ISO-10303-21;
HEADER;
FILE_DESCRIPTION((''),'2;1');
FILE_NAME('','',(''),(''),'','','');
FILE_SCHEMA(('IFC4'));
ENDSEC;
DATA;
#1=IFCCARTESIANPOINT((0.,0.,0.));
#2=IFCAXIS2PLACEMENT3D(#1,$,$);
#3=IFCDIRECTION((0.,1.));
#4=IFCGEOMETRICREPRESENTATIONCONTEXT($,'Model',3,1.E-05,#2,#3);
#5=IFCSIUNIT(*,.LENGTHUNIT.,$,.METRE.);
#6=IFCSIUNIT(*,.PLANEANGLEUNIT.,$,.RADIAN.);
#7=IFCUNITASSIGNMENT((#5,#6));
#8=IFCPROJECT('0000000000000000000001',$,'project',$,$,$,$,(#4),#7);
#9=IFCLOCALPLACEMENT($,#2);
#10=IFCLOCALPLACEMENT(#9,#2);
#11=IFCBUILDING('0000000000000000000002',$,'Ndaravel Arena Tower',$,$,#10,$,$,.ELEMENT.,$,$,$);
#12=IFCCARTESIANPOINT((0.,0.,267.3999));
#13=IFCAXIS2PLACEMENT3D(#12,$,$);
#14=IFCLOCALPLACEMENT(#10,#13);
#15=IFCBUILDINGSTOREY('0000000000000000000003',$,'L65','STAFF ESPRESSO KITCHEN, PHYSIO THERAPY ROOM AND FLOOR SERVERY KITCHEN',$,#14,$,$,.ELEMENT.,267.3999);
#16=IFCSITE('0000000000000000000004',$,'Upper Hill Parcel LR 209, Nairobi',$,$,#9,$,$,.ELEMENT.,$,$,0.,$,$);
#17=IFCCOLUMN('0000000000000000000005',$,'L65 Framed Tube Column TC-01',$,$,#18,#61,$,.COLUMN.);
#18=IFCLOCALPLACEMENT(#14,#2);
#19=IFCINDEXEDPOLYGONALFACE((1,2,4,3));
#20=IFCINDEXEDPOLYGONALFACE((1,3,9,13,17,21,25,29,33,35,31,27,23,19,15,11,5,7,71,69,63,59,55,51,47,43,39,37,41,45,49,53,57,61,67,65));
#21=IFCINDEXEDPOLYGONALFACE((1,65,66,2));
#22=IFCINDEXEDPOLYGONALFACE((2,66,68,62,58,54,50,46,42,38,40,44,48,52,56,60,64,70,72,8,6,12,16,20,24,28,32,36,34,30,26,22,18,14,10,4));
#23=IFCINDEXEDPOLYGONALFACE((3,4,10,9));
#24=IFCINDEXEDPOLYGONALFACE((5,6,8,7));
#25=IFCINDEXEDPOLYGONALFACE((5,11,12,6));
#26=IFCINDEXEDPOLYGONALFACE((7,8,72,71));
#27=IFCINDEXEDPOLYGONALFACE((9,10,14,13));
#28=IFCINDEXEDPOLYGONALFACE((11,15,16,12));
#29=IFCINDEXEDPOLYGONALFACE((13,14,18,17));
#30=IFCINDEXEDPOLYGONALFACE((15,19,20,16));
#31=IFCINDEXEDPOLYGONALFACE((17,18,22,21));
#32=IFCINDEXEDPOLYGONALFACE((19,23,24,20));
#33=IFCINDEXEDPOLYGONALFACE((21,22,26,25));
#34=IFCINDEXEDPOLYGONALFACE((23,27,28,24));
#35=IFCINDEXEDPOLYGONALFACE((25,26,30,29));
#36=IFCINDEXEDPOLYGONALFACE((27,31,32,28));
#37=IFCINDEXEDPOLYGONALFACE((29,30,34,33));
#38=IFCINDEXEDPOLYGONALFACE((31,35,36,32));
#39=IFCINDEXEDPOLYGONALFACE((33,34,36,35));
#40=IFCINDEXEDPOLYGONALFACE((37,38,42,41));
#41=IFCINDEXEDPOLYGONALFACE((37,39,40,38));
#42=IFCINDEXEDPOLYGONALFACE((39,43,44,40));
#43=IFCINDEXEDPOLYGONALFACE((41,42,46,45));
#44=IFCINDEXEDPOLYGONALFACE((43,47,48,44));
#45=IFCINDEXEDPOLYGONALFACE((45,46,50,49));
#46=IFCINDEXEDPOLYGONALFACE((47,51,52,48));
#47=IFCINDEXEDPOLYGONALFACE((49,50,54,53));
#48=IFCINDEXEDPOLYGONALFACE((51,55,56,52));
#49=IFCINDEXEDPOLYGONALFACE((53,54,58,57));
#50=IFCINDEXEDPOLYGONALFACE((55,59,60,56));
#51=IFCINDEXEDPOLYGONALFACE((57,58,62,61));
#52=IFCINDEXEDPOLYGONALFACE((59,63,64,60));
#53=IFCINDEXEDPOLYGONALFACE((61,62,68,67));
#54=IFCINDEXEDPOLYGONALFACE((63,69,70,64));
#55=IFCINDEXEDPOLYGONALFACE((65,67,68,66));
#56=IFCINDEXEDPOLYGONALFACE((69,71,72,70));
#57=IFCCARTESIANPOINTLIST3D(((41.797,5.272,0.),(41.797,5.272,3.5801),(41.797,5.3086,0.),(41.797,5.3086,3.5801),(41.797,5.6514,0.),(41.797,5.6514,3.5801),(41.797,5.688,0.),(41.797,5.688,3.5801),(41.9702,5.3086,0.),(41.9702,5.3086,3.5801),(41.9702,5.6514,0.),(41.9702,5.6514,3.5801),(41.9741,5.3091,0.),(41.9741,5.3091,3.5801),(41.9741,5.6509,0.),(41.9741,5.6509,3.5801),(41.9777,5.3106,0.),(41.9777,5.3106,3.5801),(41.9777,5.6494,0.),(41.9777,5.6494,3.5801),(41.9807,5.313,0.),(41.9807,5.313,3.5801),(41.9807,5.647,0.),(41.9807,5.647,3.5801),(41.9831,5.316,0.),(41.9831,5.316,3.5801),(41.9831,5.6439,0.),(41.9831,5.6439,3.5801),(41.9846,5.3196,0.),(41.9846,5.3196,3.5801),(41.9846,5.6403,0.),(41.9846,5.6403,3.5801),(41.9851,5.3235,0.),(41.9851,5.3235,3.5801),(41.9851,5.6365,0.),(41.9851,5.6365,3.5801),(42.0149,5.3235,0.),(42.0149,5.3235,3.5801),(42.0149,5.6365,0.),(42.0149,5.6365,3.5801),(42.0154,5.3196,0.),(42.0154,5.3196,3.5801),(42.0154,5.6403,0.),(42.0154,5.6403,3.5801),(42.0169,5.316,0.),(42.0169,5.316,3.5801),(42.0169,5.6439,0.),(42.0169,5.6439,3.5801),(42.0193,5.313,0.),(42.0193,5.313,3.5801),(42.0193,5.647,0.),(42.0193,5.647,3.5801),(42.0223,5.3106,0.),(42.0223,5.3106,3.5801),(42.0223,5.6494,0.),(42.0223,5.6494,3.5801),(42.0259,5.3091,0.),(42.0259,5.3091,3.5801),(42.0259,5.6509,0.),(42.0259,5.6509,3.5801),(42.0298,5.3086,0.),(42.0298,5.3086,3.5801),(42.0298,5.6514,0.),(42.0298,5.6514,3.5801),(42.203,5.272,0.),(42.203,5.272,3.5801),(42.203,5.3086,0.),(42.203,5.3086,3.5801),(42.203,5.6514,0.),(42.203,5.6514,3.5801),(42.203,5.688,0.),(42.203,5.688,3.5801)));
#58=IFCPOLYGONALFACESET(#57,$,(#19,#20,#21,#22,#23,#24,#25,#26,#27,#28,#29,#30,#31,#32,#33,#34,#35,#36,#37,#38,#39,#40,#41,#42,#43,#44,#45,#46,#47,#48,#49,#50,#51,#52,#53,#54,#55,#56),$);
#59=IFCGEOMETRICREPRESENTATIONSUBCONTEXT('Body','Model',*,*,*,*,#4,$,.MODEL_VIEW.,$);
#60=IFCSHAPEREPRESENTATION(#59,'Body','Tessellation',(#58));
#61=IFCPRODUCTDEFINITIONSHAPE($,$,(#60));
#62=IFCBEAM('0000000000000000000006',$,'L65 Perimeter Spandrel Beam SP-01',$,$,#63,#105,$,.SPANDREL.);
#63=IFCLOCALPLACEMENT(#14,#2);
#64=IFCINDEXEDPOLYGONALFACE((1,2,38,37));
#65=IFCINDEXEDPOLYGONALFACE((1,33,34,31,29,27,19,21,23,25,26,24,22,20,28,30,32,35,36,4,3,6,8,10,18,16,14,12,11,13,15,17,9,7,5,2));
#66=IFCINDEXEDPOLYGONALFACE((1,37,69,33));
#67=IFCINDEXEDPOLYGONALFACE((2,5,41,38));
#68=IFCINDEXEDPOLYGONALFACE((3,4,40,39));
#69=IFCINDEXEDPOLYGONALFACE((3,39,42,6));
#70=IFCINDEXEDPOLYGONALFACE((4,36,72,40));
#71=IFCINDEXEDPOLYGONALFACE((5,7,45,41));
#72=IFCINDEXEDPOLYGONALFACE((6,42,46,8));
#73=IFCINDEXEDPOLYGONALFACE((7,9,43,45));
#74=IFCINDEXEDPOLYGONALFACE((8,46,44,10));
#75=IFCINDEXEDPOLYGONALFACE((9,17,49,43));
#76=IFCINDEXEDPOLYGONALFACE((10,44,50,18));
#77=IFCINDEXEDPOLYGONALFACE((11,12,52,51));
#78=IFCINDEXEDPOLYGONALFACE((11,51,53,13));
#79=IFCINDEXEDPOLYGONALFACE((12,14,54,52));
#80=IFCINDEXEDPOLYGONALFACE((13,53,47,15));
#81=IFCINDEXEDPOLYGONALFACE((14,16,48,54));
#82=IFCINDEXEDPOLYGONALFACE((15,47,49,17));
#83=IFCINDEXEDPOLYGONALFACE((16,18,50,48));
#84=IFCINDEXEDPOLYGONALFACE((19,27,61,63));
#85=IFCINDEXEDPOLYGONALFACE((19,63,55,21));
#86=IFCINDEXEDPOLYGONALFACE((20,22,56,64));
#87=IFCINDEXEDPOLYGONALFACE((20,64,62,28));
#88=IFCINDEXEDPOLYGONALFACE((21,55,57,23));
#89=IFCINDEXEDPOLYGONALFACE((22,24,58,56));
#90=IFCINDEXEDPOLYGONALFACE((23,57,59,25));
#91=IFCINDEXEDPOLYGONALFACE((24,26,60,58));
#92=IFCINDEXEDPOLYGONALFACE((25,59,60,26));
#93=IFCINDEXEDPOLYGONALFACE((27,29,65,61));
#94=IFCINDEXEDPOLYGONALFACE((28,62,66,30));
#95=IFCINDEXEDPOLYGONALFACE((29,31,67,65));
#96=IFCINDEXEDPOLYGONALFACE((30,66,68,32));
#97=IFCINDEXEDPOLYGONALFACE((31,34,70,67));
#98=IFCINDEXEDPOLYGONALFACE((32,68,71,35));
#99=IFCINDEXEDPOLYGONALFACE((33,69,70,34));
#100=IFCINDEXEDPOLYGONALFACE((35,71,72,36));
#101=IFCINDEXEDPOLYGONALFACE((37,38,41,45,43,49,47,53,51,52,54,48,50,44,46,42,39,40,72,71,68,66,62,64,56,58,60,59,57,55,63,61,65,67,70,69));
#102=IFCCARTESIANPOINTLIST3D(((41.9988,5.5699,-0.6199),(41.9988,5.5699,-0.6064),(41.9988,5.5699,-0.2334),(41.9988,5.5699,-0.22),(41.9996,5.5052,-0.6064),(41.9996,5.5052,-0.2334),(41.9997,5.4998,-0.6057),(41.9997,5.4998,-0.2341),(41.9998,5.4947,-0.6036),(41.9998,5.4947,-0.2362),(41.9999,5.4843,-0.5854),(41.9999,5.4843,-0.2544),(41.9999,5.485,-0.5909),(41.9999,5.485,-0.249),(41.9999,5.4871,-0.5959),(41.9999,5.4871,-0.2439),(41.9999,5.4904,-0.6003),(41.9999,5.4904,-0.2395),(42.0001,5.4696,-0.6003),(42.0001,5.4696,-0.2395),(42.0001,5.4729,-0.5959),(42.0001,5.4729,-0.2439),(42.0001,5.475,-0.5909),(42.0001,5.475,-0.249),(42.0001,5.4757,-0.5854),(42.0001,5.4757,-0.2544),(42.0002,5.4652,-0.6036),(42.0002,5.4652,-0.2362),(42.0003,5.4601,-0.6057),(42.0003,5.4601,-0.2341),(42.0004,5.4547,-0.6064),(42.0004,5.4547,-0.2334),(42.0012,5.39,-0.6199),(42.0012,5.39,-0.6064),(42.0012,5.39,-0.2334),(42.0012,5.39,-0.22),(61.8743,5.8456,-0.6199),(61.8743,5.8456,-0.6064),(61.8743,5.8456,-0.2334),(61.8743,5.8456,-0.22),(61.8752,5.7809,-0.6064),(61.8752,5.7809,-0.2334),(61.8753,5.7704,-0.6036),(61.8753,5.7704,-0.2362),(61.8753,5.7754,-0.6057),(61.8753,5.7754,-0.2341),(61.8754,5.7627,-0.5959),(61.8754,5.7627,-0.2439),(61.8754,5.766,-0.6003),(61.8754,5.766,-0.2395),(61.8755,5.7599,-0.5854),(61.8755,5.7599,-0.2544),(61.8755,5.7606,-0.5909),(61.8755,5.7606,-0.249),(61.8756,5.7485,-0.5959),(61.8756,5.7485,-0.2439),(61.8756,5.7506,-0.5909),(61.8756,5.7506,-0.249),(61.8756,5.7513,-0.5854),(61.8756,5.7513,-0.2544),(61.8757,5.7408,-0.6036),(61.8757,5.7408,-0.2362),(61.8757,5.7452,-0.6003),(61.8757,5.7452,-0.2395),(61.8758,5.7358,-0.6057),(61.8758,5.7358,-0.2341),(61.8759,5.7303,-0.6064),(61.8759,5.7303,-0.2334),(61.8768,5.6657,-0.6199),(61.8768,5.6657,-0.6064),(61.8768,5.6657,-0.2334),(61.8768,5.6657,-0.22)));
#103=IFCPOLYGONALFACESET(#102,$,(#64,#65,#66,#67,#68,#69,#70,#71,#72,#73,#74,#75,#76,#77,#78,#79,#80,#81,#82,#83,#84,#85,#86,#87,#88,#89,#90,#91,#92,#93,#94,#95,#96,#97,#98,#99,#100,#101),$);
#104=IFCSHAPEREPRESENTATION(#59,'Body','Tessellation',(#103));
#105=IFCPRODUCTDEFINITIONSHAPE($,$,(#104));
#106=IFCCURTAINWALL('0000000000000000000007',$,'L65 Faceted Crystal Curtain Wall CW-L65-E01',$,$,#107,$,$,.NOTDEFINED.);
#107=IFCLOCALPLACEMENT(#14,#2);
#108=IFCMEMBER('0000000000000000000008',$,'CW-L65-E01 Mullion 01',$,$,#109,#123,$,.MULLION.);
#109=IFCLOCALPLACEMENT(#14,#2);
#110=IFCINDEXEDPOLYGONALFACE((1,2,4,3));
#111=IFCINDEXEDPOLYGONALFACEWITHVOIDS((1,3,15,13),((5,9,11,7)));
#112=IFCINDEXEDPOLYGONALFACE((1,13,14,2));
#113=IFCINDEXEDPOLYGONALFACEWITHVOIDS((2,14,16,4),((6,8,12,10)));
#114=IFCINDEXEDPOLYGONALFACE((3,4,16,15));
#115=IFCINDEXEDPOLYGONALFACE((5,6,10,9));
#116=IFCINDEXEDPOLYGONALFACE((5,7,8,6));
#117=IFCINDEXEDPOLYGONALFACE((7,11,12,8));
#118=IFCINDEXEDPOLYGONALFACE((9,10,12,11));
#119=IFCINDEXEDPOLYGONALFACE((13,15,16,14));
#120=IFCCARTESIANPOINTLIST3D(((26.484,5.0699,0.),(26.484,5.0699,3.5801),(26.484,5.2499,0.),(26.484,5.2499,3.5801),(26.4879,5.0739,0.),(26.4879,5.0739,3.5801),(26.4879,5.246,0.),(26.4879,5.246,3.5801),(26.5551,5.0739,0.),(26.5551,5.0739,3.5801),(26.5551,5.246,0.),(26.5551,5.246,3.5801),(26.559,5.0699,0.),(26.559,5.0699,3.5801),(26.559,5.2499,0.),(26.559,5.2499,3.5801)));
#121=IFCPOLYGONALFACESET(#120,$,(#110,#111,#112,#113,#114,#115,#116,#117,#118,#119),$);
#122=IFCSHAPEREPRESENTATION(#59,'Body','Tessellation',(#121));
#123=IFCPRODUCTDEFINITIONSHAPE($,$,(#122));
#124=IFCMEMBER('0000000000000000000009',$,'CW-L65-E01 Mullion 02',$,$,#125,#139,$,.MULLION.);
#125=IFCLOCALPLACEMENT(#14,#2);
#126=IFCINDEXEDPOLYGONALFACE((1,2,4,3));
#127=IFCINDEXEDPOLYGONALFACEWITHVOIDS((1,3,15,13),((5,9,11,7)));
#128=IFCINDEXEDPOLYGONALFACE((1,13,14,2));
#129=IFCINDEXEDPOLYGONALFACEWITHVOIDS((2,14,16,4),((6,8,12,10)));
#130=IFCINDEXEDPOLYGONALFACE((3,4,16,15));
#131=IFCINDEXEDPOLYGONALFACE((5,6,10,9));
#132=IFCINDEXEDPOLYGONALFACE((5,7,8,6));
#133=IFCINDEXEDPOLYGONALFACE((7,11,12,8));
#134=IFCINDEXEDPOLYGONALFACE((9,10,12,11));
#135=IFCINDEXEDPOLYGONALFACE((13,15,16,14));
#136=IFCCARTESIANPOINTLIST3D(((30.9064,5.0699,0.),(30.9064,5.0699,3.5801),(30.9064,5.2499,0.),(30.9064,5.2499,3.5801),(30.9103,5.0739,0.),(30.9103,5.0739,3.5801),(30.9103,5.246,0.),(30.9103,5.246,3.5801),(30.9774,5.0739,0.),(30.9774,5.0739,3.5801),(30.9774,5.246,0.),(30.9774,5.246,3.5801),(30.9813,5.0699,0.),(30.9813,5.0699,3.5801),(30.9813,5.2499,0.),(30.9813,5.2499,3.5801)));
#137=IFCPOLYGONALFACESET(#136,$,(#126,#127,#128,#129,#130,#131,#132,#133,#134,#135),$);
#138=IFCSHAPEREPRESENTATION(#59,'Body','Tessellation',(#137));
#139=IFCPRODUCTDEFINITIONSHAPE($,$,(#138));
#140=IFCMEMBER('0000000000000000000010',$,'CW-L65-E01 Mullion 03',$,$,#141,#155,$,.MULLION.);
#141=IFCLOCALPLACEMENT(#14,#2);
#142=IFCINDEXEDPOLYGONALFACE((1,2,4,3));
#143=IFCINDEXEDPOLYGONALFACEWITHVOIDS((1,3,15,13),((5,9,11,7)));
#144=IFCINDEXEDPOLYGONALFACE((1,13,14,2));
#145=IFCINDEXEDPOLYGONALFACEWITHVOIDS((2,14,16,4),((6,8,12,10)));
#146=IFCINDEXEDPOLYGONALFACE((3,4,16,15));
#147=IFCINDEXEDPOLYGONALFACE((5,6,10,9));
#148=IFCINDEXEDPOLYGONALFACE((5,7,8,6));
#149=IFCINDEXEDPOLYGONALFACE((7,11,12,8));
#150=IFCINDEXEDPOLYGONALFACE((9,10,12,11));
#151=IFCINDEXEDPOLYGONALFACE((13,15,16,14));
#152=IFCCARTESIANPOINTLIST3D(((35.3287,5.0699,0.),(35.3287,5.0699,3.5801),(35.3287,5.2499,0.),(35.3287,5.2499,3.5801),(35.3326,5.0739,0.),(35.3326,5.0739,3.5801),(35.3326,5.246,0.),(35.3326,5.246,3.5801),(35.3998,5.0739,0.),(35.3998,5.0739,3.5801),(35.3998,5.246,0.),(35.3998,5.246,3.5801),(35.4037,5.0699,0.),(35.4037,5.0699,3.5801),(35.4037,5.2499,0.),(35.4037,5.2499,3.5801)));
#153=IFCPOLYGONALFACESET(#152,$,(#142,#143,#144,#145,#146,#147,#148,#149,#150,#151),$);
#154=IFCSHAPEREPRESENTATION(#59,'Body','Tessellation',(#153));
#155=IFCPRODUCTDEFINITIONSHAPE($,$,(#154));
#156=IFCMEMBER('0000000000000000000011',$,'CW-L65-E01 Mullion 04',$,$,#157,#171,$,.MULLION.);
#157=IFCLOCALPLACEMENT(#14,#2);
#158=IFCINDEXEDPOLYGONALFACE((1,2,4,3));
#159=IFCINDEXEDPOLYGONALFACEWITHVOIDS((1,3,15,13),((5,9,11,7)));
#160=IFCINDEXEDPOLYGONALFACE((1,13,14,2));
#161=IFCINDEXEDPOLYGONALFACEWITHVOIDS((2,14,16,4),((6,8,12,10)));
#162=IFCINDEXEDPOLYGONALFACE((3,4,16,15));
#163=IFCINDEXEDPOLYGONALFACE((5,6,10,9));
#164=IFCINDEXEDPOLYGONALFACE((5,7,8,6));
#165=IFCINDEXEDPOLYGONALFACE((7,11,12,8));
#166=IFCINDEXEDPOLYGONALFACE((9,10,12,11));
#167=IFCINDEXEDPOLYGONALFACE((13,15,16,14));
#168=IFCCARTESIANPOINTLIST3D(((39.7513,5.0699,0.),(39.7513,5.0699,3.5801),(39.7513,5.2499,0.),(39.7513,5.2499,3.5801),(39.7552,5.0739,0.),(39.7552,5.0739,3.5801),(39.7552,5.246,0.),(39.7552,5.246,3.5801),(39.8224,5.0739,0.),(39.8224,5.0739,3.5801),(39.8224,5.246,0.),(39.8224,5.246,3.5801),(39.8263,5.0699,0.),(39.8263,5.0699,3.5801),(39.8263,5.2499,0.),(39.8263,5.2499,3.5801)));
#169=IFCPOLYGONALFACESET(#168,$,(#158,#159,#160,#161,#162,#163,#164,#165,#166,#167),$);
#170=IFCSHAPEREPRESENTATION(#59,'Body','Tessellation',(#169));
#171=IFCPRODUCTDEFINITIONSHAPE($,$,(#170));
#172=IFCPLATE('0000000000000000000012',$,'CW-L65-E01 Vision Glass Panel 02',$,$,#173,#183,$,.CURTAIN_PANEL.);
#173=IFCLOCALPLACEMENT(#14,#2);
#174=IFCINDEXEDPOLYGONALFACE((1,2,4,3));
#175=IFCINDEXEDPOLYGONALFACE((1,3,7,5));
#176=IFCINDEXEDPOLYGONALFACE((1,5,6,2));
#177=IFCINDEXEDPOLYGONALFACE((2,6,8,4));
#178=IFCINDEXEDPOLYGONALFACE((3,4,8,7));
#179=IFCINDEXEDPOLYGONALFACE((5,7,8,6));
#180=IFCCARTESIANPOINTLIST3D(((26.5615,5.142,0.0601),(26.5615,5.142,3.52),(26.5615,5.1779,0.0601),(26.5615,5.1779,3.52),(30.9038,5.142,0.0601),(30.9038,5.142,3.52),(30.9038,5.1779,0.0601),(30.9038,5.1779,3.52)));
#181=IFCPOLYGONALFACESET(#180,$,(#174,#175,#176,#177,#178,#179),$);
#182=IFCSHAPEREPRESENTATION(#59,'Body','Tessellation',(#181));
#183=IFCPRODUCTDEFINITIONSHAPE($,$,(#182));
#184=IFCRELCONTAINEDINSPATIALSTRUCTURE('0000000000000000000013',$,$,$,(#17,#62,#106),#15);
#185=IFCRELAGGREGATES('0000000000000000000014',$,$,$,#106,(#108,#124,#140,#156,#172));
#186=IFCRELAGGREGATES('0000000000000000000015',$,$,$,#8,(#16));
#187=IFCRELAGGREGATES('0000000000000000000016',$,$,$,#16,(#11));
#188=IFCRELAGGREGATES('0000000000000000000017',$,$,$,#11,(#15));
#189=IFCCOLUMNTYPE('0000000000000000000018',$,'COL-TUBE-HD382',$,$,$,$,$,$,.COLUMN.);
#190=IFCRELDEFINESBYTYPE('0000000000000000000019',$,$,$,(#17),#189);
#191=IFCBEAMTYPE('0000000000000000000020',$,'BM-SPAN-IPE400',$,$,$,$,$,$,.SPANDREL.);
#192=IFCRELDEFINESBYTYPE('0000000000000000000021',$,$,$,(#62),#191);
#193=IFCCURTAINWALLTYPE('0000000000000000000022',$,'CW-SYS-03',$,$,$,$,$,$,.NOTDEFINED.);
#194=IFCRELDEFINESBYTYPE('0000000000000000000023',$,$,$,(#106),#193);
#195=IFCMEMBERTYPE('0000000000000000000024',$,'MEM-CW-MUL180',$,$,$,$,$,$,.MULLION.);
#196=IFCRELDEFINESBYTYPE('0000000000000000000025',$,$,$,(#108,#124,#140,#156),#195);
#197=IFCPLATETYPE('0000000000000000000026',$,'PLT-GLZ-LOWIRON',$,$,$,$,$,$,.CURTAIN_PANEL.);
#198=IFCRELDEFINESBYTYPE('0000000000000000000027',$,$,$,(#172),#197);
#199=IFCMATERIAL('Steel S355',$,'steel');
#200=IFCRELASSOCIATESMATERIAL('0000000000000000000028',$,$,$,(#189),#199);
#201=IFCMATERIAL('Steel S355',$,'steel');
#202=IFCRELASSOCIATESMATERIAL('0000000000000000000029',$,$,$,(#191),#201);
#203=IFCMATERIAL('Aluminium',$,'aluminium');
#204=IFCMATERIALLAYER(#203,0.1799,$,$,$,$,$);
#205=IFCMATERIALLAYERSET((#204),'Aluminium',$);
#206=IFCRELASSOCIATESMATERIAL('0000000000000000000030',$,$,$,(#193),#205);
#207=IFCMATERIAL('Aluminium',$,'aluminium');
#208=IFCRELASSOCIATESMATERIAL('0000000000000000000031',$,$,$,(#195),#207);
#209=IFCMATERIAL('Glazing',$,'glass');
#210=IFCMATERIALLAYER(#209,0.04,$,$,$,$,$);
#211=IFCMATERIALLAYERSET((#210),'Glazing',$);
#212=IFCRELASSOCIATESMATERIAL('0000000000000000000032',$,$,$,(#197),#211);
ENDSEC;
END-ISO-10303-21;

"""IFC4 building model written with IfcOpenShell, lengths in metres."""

from ifc_helpers import new_model, si_unit, direction, frame, origin, origin_2d, place, context, subcontext, project, spatial, rectangle, hollow_rectangle, i_section, extrude, material, layer, layer_set, material_profile, profile_set, type_object, element, aggregate, save


model = new_model("IFC4")

# Units and contexts
model_context = context("Model", 3, precision=1e-05, world=origin(), true_north=direction((0.0, 1.0)))
body_context = subcontext(model_context, "Body", "Model", "MODEL_VIEW")
ifc_project = project(units=[si_unit("LENGTHUNIT", "METRE"), si_unit("PLANEANGLEUNIT", "RADIAN")], contexts=[model_context])

# Site, building, storey
site_placement = place(None, origin())
site = spatial("IfcSite", under=ifc_project, at=site_placement, Name="Upper Hill Parcel LR 209, Nairobi", CompositionType="ELEMENT", RefElevation=0.0)
building_placement = place(site_placement, origin())
building = spatial("IfcBuilding", under=site, at=building_placement, Name="Ndaravel Arena Tower", CompositionType="ELEMENT")
storey_placement = place(building_placement, frame((0.0, 0.0, 267.3999)))
storey = spatial("IfcBuildingStorey", under=building, at=storey_placement, Name="L65", Description="STAFF ESPRESSO KITCHEN, PHYSIO THERAPY ROOM AND FLOOR SERVERY KITCHEN", CompositionType="ELEMENT", Elevation=267.3999)

# Column
ifc_material_1 = material(Name="Steel S355", Category="steel")
ifc_material_profile_1 = material_profile(ifc_material_1, i_section(OverallWidth=0.406, OverallDepth=0.416, WebThickness=0.0298, FlangeThickness=0.0366, FilletRadius=0.0149, at=origin_2d()), Name="HD 400x382")
ifc_profile_set_1 = profile_set([ifc_material_profile_1], Name="Steel S355")
column_type = type_object("IfcColumnType", Name="COL-TUBE-HD382", PredefinedType="COLUMN", material=ifc_profile_set_1)
column_placement = place(storey_placement, frame((42.0, 5.48, 0.0), z_axis=(0.0, 0.0, 1.0), x_axis=(1.0, 0.0, 0.0)))
element("IfcColumn", 1, at=column_placement, inside=storey, type_object=column_type, Name="L65 Framed Tube Column TC-01", PredefinedType="COLUMN", context=body_context, shape_type="SweptSolid", body=[
    extrude(i_section(OverallWidth=0.406, OverallDepth=0.416, WebThickness=0.0298, FlangeThickness=0.0366, FilletRadius=0.0149, at=origin_2d()), origin(), (0.0, 0.0, 1.0), 3.5801),
])

# Beam
ifc_material_2 = material(Name="Steel S355", Category="steel")
ifc_material_profile_2 = material_profile(ifc_material_2, i_section(OverallWidth=0.1799, OverallDepth=0.3999, WebThickness=0.0085, FlangeThickness=0.0134, FilletRadius=0.021, at=origin_2d()), Name="IPE 400")
ifc_profile_set_2 = profile_set([ifc_material_profile_2], Name="Steel S355")
beam_type = type_object("IfcBeamType", Name="BM-SPAN-IPE400", PredefinedType="SPANDREL", material=ifc_profile_set_2)
beam_placement = place(storey_placement, frame((42.0, 5.48, -0.4199), z_axis=(0.999904, 0.013867, 0.0), x_axis=(-0.013867, 0.999904, 0.0)))
element("IfcBeam", 2, at=beam_placement, inside=storey, type_object=beam_type, Name="L65 Perimeter Spandrel Beam SP-01", PredefinedType="SPANDREL", context=body_context, shape_type="SweptSolid", body=[
    extrude(i_section(OverallWidth=0.1799, OverallDepth=0.3999, WebThickness=0.0085, FlangeThickness=0.0134, FilletRadius=0.021, at=origin_2d()), origin(), (0.0, 0.0, 1.0), 19.8774),
])

# Curtain wall, members, plate
ifc_material_3 = material(Name="Aluminium", Category="aluminium")
ifc_layer_1 = layer(ifc_material_3, 0.1799)
ifc_layer_set_1 = layer_set([ifc_layer_1], Name="Aluminium")
curtain_wall_type = type_object("IfcCurtainWallType", Name="CW-SYS-03", PredefinedType="NOTDEFINED", material=ifc_layer_set_1)
curtain_wall_placement = place(storey_placement, origin())
curtain_wall = element("IfcCurtainWall", 3, at=curtain_wall_placement, inside=storey, type_object=curtain_wall_type, Name="L65 Faceted Crystal Curtain Wall CW-L65-E01", PredefinedType="NOTDEFINED")
ifc_material_4 = material(Name="Aluminium", Category="aluminium")
ifc_material_profile_3 = material_profile(ifc_material_4, hollow_rectangle(XDim=0.075, YDim=0.1799, WallThickness=0.0039, at=origin_2d()), Name="CW MULLION 75x180x4")
ifc_profile_set_3 = profile_set([ifc_material_profile_3], Name="Aluminium")
member_type = type_object("IfcMemberType", Name="MEM-CW-MUL180", PredefinedType="MULLION", material=ifc_profile_set_3)
member_1_placement = place(storey_placement, frame((26.5215, 5.1599, 0.0), z_axis=(0.0, 0.0, 1.0), x_axis=(1.0, 0.0, 0.0)))
member_1 = element("IfcMember", 4, at=member_1_placement, type_object=member_type, Name="CW-L65-E01 Mullion 01", PredefinedType="MULLION", context=body_context, shape_type="SweptSolid", body=[
    extrude(hollow_rectangle(XDim=0.075, YDim=0.1799, WallThickness=0.0039, at=origin_2d()), origin(), (0.0, 0.0, 1.0), 3.5801),
])
member_2_placement = place(storey_placement, frame((30.9438, 5.1599, 0.0), z_axis=(0.0, 0.0, 1.0), x_axis=(1.0, 0.0, 0.0)))
member_2 = element("IfcMember", 5, at=member_2_placement, type_object=member_type, Name="CW-L65-E01 Mullion 02", PredefinedType="MULLION", context=body_context, shape_type="SweptSolid", body=[
    extrude(hollow_rectangle(XDim=0.075, YDim=0.1799, WallThickness=0.0039, at=origin_2d()), origin(), (0.0, 0.0, 1.0), 3.5801),
])
member_3_placement = place(storey_placement, frame((35.3662, 5.1599, 0.0), z_axis=(0.0, 0.0, 1.0), x_axis=(1.0, 0.0, 0.0)))
member_3 = element("IfcMember", 6, at=member_3_placement, type_object=member_type, Name="CW-L65-E01 Mullion 03", PredefinedType="MULLION", context=body_context, shape_type="SweptSolid", body=[
    extrude(hollow_rectangle(XDim=0.075, YDim=0.1799, WallThickness=0.0039, at=origin_2d()), origin(), (0.0, 0.0, 1.0), 3.5801),
])
member_4_placement = place(storey_placement, frame((39.7888, 5.1599, 0.0), z_axis=(0.0, 0.0, 1.0), x_axis=(1.0, 0.0, 0.0)))
member_4 = element("IfcMember", 7, at=member_4_placement, type_object=member_type, Name="CW-L65-E01 Mullion 04", PredefinedType="MULLION", context=body_context, shape_type="SweptSolid", body=[
    extrude(hollow_rectangle(XDim=0.075, YDim=0.1799, WallThickness=0.0039, at=origin_2d()), origin(), (0.0, 0.0, 1.0), 3.5801),
])
ifc_material_5 = material(Name="Glazing", Category="glass")
ifc_layer_2 = layer(ifc_material_5, 0.04)
ifc_layer_set_2 = layer_set([ifc_layer_2], Name="Glazing")
plate_type = type_object("IfcPlateType", Name="PLT-GLZ-LOWIRON", PredefinedType="CURTAIN_PANEL", material=ifc_layer_set_2)
plate_1_placement = place(storey_placement, frame((28.7327, 5.1599, 0.0601), z_axis=(0.0, 0.0, 1.0), x_axis=(1.0, 0.0, 0.0)))
plate_1 = element("IfcPlate", 8, at=plate_1_placement, type_object=plate_type, Name="CW-L65-E01 Vision Glass Panel 02", PredefinedType="CURTAIN_PANEL", context=body_context, shape_type="SweptSolid", body=[
    extrude(rectangle(XDim=4.3423, YDim=0.0359, at=origin_2d()), origin(), (0.0, 0.0, 1.0), 3.46),
])
aggregate(curtain_wall, [member_1, member_2, member_3, member_4, plate_1])

save(model, "model.ifc")
